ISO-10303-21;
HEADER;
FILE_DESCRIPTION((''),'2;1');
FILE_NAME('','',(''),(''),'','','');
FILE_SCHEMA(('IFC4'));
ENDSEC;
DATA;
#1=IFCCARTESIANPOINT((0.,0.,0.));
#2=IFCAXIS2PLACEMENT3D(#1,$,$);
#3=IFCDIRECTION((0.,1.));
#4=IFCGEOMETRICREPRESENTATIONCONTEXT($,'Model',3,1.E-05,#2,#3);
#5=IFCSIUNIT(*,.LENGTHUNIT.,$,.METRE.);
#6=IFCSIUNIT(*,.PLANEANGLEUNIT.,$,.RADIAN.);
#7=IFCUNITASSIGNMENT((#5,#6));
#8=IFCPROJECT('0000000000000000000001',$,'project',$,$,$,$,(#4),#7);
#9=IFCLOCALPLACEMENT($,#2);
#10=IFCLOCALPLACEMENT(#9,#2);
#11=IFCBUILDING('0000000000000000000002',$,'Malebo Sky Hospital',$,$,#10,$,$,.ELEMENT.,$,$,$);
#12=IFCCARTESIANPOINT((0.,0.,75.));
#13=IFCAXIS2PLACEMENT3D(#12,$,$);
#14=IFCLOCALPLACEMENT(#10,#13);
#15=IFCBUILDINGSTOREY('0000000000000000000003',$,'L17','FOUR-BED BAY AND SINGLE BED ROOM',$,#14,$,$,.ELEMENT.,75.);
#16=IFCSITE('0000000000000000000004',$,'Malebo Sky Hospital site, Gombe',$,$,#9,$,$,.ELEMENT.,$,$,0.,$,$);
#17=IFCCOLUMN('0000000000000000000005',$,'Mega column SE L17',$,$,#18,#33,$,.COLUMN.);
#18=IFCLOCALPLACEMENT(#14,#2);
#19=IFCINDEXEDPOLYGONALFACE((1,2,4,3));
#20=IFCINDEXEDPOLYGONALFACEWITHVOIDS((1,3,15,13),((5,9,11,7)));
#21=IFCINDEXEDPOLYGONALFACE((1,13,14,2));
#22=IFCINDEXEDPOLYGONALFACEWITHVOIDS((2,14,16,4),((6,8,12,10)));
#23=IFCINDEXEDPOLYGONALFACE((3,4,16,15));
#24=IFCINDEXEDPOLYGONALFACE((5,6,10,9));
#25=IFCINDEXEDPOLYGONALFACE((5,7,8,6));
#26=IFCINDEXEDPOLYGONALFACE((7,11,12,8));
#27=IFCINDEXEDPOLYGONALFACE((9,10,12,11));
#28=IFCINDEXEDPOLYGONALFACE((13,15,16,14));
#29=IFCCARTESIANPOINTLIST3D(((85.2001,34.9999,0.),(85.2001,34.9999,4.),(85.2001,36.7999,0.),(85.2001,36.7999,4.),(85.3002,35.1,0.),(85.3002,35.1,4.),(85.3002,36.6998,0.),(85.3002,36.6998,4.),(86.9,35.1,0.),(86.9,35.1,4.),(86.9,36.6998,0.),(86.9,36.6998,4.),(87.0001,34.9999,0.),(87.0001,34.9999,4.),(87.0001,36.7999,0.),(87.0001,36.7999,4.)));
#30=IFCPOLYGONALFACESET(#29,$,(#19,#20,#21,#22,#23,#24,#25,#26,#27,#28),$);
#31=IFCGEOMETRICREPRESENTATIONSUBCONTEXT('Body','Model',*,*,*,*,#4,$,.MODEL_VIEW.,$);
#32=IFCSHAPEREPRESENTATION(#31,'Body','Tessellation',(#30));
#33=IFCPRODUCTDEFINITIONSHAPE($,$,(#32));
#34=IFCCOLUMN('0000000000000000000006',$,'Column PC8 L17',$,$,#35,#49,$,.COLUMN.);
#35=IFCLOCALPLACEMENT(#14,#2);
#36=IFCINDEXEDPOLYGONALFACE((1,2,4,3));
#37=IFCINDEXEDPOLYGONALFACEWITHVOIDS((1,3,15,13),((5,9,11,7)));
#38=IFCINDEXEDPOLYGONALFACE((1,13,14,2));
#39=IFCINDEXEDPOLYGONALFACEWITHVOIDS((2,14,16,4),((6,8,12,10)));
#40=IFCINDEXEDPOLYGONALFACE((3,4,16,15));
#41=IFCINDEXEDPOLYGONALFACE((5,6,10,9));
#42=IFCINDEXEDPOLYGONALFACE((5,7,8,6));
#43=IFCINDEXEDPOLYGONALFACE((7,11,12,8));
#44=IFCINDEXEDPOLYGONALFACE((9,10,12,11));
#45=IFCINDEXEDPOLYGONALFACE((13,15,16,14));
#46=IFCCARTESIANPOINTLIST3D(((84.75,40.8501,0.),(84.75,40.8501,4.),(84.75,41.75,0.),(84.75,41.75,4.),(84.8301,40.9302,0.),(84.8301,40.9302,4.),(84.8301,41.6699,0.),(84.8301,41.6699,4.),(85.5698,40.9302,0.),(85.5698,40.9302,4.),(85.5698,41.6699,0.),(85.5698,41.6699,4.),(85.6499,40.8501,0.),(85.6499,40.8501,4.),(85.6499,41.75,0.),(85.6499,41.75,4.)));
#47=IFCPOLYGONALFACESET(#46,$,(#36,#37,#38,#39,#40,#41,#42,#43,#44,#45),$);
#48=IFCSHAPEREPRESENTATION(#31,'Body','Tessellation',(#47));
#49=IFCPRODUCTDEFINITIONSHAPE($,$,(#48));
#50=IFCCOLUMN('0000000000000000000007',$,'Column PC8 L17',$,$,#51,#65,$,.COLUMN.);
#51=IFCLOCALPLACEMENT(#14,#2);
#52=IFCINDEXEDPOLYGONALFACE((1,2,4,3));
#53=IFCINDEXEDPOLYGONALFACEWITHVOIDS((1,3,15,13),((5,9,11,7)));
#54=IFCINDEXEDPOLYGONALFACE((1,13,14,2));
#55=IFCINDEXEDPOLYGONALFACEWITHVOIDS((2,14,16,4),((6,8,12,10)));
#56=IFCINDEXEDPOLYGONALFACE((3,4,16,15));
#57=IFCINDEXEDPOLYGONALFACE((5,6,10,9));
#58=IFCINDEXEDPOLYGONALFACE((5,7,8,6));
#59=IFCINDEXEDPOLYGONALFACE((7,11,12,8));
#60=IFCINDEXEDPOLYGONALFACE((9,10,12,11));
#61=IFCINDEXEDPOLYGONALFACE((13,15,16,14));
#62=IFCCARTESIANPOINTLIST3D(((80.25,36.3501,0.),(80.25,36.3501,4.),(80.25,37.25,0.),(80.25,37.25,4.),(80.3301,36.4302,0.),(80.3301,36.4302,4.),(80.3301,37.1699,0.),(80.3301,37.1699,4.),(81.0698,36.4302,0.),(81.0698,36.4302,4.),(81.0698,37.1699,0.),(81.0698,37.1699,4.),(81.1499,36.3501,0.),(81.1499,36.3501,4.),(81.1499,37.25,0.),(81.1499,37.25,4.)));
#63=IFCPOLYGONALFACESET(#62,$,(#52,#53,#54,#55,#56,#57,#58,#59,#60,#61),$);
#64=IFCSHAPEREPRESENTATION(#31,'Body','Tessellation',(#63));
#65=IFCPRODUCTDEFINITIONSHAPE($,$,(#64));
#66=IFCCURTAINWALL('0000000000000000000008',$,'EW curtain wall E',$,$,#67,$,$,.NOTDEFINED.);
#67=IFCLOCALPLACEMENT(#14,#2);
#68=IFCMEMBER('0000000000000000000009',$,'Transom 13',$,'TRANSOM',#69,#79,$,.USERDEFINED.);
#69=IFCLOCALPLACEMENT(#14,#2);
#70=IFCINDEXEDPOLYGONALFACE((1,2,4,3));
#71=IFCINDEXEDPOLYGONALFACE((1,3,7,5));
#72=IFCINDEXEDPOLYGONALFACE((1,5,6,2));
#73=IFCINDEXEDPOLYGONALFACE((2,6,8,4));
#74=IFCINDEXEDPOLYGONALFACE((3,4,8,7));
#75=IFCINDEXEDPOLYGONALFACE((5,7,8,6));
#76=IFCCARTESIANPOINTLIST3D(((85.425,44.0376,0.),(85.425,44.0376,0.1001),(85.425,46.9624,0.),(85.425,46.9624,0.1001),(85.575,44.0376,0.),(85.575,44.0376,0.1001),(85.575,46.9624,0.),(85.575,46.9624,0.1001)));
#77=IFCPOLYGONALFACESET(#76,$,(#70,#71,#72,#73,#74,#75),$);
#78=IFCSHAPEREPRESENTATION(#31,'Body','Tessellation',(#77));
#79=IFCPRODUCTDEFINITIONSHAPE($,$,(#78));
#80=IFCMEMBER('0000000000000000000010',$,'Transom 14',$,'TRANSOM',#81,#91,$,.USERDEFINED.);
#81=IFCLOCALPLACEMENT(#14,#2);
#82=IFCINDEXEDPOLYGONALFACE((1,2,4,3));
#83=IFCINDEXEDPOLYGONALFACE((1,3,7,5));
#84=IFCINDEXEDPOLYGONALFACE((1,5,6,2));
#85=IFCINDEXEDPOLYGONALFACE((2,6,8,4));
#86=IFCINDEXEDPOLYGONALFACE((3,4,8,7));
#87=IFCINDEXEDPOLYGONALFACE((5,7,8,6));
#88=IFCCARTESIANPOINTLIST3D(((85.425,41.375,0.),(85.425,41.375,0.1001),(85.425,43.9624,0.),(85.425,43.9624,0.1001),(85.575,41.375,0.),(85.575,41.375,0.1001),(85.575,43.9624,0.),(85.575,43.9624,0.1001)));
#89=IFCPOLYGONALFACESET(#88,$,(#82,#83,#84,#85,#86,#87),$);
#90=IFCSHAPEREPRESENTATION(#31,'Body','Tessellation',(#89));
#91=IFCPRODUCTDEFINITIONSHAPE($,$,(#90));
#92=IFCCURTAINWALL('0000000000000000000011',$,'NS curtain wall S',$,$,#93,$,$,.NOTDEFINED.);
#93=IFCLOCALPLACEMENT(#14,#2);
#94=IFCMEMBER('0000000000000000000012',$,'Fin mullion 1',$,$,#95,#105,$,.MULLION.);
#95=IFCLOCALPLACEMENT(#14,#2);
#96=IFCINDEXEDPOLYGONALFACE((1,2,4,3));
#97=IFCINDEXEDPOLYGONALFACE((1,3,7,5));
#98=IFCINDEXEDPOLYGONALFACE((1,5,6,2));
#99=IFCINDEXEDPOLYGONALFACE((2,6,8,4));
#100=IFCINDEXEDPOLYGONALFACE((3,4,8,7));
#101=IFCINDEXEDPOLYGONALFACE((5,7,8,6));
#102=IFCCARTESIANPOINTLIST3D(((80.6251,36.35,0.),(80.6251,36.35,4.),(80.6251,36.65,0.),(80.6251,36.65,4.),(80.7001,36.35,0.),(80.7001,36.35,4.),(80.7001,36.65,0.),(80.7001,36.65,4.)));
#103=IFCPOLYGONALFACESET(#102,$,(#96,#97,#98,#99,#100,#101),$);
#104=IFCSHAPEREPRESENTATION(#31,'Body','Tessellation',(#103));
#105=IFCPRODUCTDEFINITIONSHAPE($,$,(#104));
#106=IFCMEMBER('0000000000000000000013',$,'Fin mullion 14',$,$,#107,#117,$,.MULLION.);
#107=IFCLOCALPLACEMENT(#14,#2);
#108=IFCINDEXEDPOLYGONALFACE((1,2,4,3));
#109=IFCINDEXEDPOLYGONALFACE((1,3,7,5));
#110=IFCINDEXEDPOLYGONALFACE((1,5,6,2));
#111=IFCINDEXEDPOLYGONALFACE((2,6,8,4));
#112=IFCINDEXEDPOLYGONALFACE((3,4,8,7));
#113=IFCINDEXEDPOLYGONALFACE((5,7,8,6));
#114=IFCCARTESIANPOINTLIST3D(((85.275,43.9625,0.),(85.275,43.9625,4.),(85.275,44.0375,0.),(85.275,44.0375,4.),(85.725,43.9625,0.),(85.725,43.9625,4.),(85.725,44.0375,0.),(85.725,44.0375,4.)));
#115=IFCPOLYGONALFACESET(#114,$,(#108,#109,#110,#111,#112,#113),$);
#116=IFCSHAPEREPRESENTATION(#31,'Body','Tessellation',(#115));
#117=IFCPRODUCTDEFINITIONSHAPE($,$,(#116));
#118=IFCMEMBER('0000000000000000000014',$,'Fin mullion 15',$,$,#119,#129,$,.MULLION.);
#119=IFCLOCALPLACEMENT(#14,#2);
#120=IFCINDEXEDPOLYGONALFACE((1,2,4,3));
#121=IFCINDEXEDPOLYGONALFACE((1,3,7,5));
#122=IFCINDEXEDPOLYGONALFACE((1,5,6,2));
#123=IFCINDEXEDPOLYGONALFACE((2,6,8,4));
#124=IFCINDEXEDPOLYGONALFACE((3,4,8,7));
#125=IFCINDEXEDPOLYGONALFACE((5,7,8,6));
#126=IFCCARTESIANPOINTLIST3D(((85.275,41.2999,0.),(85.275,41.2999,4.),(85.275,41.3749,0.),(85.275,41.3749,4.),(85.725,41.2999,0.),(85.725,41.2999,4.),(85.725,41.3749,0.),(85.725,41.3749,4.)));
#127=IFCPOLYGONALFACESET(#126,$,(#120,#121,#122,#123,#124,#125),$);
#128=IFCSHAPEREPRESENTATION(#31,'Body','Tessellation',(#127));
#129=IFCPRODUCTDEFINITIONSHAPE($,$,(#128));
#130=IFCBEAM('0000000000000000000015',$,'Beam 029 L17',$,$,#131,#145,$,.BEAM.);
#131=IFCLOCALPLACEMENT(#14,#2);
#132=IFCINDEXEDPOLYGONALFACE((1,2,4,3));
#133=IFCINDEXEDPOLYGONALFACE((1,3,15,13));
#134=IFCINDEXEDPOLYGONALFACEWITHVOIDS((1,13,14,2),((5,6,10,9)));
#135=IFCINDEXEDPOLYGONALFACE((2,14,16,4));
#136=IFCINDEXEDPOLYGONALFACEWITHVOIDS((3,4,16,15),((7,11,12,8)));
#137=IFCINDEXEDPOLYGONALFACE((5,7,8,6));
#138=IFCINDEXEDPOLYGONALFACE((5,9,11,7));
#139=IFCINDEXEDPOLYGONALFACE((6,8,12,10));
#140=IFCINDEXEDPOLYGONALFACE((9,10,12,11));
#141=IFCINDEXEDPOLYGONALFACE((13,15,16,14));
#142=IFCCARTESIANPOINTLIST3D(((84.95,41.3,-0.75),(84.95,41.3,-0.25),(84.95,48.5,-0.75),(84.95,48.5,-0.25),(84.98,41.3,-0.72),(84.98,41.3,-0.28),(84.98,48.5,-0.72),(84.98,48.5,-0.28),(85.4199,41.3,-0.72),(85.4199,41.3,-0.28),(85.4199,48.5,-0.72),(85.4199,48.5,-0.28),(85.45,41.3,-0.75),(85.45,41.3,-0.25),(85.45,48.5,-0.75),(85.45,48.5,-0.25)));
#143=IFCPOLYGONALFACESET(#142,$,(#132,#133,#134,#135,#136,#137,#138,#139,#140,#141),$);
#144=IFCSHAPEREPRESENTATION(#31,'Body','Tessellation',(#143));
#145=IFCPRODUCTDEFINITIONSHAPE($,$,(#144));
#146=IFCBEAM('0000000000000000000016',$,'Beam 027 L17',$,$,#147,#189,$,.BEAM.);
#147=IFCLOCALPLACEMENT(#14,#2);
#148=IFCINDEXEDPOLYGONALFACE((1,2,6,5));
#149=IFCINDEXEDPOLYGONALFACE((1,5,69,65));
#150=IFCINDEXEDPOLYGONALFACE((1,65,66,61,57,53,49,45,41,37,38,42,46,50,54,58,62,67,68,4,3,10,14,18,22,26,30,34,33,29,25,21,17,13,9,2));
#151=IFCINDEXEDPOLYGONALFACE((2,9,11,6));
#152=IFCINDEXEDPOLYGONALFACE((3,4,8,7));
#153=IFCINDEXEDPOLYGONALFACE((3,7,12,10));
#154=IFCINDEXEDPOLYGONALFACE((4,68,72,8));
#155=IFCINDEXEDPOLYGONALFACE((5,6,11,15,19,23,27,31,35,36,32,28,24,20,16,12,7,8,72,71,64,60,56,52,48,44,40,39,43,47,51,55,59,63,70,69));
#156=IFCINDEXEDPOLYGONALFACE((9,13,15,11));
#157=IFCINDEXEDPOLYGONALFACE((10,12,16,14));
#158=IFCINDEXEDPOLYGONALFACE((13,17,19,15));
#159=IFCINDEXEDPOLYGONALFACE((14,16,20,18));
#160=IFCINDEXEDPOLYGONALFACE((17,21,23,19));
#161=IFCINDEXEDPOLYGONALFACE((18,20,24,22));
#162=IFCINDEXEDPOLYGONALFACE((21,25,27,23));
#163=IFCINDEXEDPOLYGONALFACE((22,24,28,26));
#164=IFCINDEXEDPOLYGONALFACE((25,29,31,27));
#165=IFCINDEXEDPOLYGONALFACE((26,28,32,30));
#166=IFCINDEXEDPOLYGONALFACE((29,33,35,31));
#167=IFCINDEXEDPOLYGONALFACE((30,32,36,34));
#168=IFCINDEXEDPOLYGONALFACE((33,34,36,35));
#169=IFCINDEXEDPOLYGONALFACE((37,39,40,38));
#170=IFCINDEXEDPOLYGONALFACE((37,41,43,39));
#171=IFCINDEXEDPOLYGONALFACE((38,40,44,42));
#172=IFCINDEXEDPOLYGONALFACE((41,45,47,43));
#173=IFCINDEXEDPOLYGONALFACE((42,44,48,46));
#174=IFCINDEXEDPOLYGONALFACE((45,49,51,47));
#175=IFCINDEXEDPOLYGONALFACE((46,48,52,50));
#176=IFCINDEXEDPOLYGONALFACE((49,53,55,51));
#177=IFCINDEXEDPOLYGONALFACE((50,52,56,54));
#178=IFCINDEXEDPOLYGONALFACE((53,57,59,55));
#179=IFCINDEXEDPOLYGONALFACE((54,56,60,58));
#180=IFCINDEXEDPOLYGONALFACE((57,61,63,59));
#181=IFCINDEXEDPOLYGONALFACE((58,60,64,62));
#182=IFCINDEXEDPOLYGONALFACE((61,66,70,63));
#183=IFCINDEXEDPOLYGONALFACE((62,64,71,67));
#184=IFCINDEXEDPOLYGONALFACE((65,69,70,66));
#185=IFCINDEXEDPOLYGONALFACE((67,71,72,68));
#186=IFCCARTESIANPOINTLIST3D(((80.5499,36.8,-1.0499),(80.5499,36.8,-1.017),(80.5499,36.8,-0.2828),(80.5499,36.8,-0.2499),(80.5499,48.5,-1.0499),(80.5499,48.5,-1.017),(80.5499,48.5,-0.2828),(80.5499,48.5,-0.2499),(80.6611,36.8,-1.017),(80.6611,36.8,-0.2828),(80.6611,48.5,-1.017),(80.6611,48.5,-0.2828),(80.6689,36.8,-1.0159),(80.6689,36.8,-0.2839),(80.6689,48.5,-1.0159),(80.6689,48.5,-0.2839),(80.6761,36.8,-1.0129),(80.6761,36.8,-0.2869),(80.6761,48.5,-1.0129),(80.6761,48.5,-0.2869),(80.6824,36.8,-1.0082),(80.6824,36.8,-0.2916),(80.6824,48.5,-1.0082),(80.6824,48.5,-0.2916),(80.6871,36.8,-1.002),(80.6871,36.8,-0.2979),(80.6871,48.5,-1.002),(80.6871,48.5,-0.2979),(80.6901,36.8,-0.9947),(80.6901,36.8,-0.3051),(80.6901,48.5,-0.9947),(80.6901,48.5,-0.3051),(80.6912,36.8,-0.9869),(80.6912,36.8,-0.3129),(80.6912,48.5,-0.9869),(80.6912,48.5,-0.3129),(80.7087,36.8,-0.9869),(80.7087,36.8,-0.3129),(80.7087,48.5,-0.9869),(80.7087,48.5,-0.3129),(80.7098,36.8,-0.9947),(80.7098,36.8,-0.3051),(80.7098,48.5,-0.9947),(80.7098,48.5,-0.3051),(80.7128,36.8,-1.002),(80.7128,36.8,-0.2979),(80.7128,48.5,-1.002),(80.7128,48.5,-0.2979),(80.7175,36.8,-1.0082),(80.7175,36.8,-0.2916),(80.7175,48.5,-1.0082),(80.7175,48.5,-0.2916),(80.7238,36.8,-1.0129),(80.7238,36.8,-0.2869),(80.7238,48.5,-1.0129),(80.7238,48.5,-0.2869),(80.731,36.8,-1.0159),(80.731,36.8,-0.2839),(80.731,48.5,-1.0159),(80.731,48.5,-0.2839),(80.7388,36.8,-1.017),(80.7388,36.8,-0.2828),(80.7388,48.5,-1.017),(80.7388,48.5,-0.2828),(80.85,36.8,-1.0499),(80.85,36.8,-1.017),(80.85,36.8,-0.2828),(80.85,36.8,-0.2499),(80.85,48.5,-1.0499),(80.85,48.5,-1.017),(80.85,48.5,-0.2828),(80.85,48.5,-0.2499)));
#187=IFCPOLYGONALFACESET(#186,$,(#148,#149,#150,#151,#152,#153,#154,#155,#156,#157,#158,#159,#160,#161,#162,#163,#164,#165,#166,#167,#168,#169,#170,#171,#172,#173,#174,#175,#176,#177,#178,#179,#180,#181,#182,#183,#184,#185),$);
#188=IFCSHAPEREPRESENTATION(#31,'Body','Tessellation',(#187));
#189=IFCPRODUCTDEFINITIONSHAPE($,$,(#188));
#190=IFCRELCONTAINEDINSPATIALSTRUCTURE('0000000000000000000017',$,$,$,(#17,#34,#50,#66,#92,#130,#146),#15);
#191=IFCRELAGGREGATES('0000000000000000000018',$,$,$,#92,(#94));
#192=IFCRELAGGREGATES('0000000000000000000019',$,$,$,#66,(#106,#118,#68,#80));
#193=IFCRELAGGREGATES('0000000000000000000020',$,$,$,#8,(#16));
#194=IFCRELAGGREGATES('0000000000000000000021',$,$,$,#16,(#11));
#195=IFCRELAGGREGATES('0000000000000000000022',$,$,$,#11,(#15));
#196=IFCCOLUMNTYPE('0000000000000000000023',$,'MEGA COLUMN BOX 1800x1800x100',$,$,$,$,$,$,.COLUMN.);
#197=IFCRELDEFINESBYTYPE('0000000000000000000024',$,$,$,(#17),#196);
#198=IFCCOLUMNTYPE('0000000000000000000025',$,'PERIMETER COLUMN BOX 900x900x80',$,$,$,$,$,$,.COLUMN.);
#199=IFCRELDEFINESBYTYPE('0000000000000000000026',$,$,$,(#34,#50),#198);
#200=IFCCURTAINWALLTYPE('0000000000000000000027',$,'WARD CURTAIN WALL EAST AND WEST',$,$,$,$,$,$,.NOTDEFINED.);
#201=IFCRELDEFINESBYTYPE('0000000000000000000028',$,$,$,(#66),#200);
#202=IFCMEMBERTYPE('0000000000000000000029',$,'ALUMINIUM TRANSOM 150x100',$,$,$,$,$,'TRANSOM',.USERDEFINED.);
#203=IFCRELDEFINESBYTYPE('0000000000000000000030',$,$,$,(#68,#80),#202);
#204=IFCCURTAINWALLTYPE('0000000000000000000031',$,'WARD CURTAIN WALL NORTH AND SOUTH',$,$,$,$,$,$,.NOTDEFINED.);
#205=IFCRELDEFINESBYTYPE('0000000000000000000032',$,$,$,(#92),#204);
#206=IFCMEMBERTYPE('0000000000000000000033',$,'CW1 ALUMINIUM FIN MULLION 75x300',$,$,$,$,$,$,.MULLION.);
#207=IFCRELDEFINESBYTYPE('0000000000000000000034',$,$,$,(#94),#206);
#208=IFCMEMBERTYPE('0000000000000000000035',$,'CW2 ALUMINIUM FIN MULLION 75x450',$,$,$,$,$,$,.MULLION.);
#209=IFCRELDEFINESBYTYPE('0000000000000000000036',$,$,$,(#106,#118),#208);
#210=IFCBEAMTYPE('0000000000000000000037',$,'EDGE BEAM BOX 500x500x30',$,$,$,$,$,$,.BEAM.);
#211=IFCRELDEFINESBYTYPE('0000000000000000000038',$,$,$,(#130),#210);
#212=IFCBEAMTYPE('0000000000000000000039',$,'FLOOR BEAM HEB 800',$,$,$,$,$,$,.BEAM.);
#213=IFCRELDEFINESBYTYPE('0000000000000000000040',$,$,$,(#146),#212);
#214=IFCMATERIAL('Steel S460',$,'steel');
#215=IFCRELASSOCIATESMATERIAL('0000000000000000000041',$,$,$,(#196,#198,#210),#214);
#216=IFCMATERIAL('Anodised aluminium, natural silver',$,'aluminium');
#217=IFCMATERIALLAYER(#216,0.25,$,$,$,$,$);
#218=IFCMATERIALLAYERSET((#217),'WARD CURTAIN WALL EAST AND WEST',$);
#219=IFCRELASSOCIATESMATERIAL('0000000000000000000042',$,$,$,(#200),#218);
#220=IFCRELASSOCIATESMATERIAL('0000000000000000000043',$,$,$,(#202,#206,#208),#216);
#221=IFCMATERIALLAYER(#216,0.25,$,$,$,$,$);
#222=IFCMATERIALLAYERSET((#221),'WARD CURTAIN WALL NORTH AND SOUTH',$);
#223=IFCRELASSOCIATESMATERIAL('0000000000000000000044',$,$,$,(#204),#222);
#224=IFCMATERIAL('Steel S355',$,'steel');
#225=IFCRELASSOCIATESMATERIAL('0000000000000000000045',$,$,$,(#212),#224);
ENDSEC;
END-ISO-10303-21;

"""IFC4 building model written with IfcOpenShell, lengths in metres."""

from ifc_helpers import new_model, si_unit, direction, frame, origin, origin_2d, place, context, subcontext, project, spatial, rectangle, hollow_rectangle, i_section, extrude, material, layer, layer_set, material_profile, profile_set, type_object, element, aggregate, save


model = new_model("IFC4")

# Units and contexts
model_context = context("Model", 3, precision=1e-05, world=origin(), true_north=direction((0.0, 1.0)))
body_context = subcontext(model_context, "Body", "Model", "MODEL_VIEW")
ifc_project = project(units=[si_unit("LENGTHUNIT", "METRE"), si_unit("PLANEANGLEUNIT", "RADIAN")], contexts=[model_context])

# Site, building, storey
site_placement = place(None, origin())
site = spatial("IfcSite", under=ifc_project, at=site_placement, Name="Malebo Sky Hospital site, Gombe", CompositionType="ELEMENT", RefElevation=0.0)
building_placement = place(site_placement, origin())
building = spatial("IfcBuilding", under=site, at=building_placement, Name="Malebo Sky Hospital", CompositionType="ELEMENT")
storey_placement = place(building_placement, frame((0.0, 0.0, 75.0)))
storey = spatial("IfcBuildingStorey", under=building, at=storey_placement, Name="L17", Description="FOUR-BED BAY AND SINGLE BED ROOM", CompositionType="ELEMENT", Elevation=75.0)

# Columns
ifc_material_1 = material(Name="Steel S460", Category="steel")
ifc_material_profile_1 = material_profile(ifc_material_1, hollow_rectangle(XDim=1.8, YDim=1.8, WallThickness=0.1001, at=origin_2d()), Name="BOX 1800x1800x100")
ifc_profile_set_1 = profile_set([ifc_material_profile_1], Name="Steel S460")
column_type_1 = type_object("IfcColumnType", Name="MEGA COLUMN BOX 1800x1800x100", PredefinedType="COLUMN", material=ifc_profile_set_1)
column_placement = place(storey_placement, frame((86.1001, 35.8999, 0.0), z_axis=(0.0, 0.0, 1.0), x_axis=(1.0, 0.0, 0.0)))
element("IfcColumn", 1, at=column_placement, inside=storey, type_object=column_type_1, Name="Mega column SE L17", PredefinedType="COLUMN", context=body_context, shape_type="SweptSolid", body=[
    extrude(hollow_rectangle(XDim=1.8, YDim=1.8, WallThickness=0.1001, at=origin_2d()), origin(), (0.0, 0.0, 1.0), 4.0),
])
ifc_material_profile_2 = material_profile(ifc_material_1, hollow_rectangle(XDim=0.8999, YDim=0.8999, WallThickness=0.0801, at=origin_2d()), Name="BOX 900x900x80")
ifc_profile_set_2 = profile_set([ifc_material_profile_2], Name="Steel S460")
column_type_2 = type_object("IfcColumnType", Name="PERIMETER COLUMN BOX 900x900x80", PredefinedType="COLUMN", material=ifc_profile_set_2)
for number, where, z_axis, x_axis, name in (
    (2, (85.2, 41.3, 0.0), (0.0, 0.0, 1.0), (1.0, 0.0, 0.0), "Column PC8 L17"),
    (3, (80.7, 36.8, 0.0), (0.0, 0.0, 1.0), (1.0, 0.0, 0.0), "Column PC8 L17"),
):
    element("IfcColumn", number, at=place(storey_placement, frame(where, z_axis=z_axis, x_axis=x_axis)), inside=storey, type_object=column_type_2, Name=name, PredefinedType="COLUMN", context=body_context, shape_type="SweptSolid", body=[
        extrude(hollow_rectangle(XDim=0.8999, YDim=0.8999, WallThickness=0.0801, at=origin_2d()), origin(), (0.0, 0.0, 1.0), 4.0),
    ])

# Curtain wall, members
ifc_material_2 = material(Name="Anodised aluminium, natural silver", Category="aluminium")
ifc_layer_1 = layer(ifc_material_2, 0.25)
ifc_layer_set_1 = layer_set([ifc_layer_1], Name="WARD CURTAIN WALL EAST AND WEST")
curtain_wall_type_1 = type_object("IfcCurtainWallType", Name="WARD CURTAIN WALL EAST AND WEST", PredefinedType="NOTDEFINED", material=ifc_layer_set_1)
curtain_wall_1_placement = place(storey_placement, origin())
curtain_wall_1 = element("IfcCurtainWall", 4, at=curtain_wall_1_placement, inside=storey, type_object=curtain_wall_type_1, Name="EW curtain wall E", PredefinedType="NOTDEFINED")
ifc_material_profile_3 = material_profile(ifc_material_2, rectangle(XDim=0.1499, YDim=0.1001, at=origin_2d()), Name="ALUMINIUM TRANSOM 150x100")
ifc_profile_set_3 = profile_set([ifc_material_profile_3], Name="Anodised aluminium, natural silver")
member_type_1 = type_object("IfcMemberType", Name="ALUMINIUM TRANSOM 150x100", ElementType="TRANSOM", PredefinedType="USERDEFINED", material=ifc_profile_set_3)
member_1_placement = place(storey_placement, frame((85.5, 46.9624, 0.05), z_axis=(0.0, -1.0, 0.0), x_axis=(1.0, 0.0, 0.0)))
member_1 = element("IfcMember", 5, at=member_1_placement, type_object=member_type_1, Name="Transom 13", ObjectType="TRANSOM", PredefinedType="USERDEFINED", context=body_context, shape_type="SweptSolid", body=[
    extrude(rectangle(XDim=0.1499, YDim=0.1001, at=origin_2d()), origin(), (0.0, 0.0, 1.0), 2.9248),
])
member_2_placement = place(storey_placement, frame((85.5, 43.9624, 0.05), z_axis=(0.0, -1.0, 0.0), x_axis=(1.0, 0.0, 0.0)))
member_2 = element("IfcMember", 6, at=member_2_placement, type_object=member_type_1, Name="Transom 14", ObjectType="TRANSOM", PredefinedType="USERDEFINED", context=body_context, shape_type="SweptSolid", body=[
    extrude(rectangle(XDim=0.1499, YDim=0.1001, at=origin_2d()), origin(), (0.0, 0.0, 1.0), 2.5874),
])

# Curtain wall, member
ifc_layer_2 = layer(ifc_material_2, 0.25)
ifc_layer_set_2 = layer_set([ifc_layer_2], Name="WARD CURTAIN WALL NORTH AND SOUTH")
curtain_wall_type_2 = type_object("IfcCurtainWallType", Name="WARD CURTAIN WALL NORTH AND SOUTH", PredefinedType="NOTDEFINED", material=ifc_layer_set_2)
curtain_wall_2_placement = place(storey_placement, origin())
curtain_wall_2 = element("IfcCurtainWall", 7, at=curtain_wall_2_placement, inside=storey, type_object=curtain_wall_type_2, Name="NS curtain wall S", PredefinedType="NOTDEFINED")
ifc_material_profile_4 = material_profile(ifc_material_2, rectangle(XDim=0.075, YDim=0.3, at=origin_2d()), Name="CW1 ALUMINIUM FIN MULLION 75x300")
ifc_profile_set_4 = profile_set([ifc_material_profile_4], Name="Anodised aluminium, natural silver")
member_type_2 = type_object("IfcMemberType", Name="CW1 ALUMINIUM FIN MULLION 75x300", PredefinedType="MULLION", material=ifc_profile_set_4)
member_3_placement = place(storey_placement, frame((80.6626, 36.5, 0.0), z_axis=(0.0, 0.0, 1.0), x_axis=(-1.0, 0.0, 0.0)))
member_3 = element("IfcMember", 8, at=member_3_placement, type_object=member_type_2, Name="Fin mullion 1", PredefinedType="MULLION", context=body_context, shape_type="SweptSolid", body=[
    extrude(rectangle(XDim=0.075, YDim=0.3, at=origin_2d()), origin(), (0.0, 0.0, 1.0), 4.0),
])
aggregate(curtain_wall_2, [member_3])

# Members
ifc_material_profile_5 = material_profile(ifc_material_2, rectangle(XDim=0.075, YDim=0.45, at=origin_2d()), Name="CW2 ALUMINIUM FIN MULLION 75x450")
ifc_profile_set_5 = profile_set([ifc_material_profile_5], Name="Anodised aluminium, natural silver")
member_type_3 = type_object("IfcMemberType", Name="CW2 ALUMINIUM FIN MULLION 75x450", PredefinedType="MULLION", material=ifc_profile_set_5)
member_4_placement = place(storey_placement, frame((85.5, 44.0, 0.0), z_axis=(0.0, 0.0, 1.0), x_axis=(0.0, -1.0, 0.0)))
member_4 = element("IfcMember", 9, at=member_4_placement, type_object=member_type_3, Name="Fin mullion 14", PredefinedType="MULLION", context=body_context, shape_type="SweptSolid", body=[
    extrude(rectangle(XDim=0.075, YDim=0.45, at=origin_2d()), origin(), (0.0, 0.0, 1.0), 4.0),
])
member_5_placement = place(storey_placement, frame((85.5, 41.3374, 0.0), z_axis=(0.0, 0.0, 1.0), x_axis=(0.0, -1.0, 0.0)))
member_5 = element("IfcMember", 10, at=member_5_placement, type_object=member_type_3, Name="Fin mullion 15", PredefinedType="MULLION", context=body_context, shape_type="SweptSolid", body=[
    extrude(rectangle(XDim=0.075, YDim=0.45, at=origin_2d()), origin(), (0.0, 0.0, 1.0), 4.0),
])

# Beams
ifc_material_profile_6 = material_profile(ifc_material_1, hollow_rectangle(XDim=0.5, YDim=0.5, WallThickness=0.03, at=origin_2d()), Name="BOX 500x500x30")
ifc_profile_set_6 = profile_set([ifc_material_profile_6], Name="Steel S460")
beam_type_1 = type_object("IfcBeamType", Name="EDGE BEAM BOX 500x500x30", PredefinedType="BEAM", material=ifc_profile_set_6)
beam_1_placement = place(storey_placement, frame((85.2, 41.3, -0.5), z_axis=(0.0, 1.0, 0.0), x_axis=(-1.0, 0.0, 0.0)))
element("IfcBeam", 11, at=beam_1_placement, inside=storey, type_object=beam_type_1, Name="Beam 029 L17", PredefinedType="BEAM", context=body_context, shape_type="SweptSolid", body=[
    extrude(hollow_rectangle(XDim=0.5, YDim=0.5, WallThickness=0.03, at=origin_2d()), origin(), (0.0, 0.0, 1.0), 7.2),
])
ifc_material_3 = material(Name="Steel S355", Category="steel")
ifc_material_profile_7 = material_profile(ifc_material_3, i_section(OverallWidth=0.3, OverallDepth=0.8, WebThickness=0.0176, FlangeThickness=0.033, FilletRadius=0.03, at=origin_2d()), Name="HEB 800")
ifc_profile_set_7 = profile_set([ifc_material_profile_7], Name="Steel S355")
beam_type_2 = type_object("IfcBeamType", Name="FLOOR BEAM HEB 800", PredefinedType="BEAM", material=ifc_profile_set_7)
beam_2_placement = place(storey_placement, frame((80.7, 36.8, -0.6499), z_axis=(0.0, 1.0, 0.0), x_axis=(-1.0, 0.0, 0.0)))
element("IfcBeam", 12, at=beam_2_placement, inside=storey, type_object=beam_type_2, Name="Beam 027 L17", PredefinedType="BEAM", context=body_context, shape_type="SweptSolid", body=[
    extrude(i_section(OverallWidth=0.3, OverallDepth=0.8, WebThickness=0.0176, FlangeThickness=0.033, FilletRadius=0.03, at=origin_2d()), origin(), (0.0, 0.0, 1.0), 11.7),
])

aggregate(curtain_wall_1, [member_4, member_5, member_1, member_2])

save(model, "model.ifc")
